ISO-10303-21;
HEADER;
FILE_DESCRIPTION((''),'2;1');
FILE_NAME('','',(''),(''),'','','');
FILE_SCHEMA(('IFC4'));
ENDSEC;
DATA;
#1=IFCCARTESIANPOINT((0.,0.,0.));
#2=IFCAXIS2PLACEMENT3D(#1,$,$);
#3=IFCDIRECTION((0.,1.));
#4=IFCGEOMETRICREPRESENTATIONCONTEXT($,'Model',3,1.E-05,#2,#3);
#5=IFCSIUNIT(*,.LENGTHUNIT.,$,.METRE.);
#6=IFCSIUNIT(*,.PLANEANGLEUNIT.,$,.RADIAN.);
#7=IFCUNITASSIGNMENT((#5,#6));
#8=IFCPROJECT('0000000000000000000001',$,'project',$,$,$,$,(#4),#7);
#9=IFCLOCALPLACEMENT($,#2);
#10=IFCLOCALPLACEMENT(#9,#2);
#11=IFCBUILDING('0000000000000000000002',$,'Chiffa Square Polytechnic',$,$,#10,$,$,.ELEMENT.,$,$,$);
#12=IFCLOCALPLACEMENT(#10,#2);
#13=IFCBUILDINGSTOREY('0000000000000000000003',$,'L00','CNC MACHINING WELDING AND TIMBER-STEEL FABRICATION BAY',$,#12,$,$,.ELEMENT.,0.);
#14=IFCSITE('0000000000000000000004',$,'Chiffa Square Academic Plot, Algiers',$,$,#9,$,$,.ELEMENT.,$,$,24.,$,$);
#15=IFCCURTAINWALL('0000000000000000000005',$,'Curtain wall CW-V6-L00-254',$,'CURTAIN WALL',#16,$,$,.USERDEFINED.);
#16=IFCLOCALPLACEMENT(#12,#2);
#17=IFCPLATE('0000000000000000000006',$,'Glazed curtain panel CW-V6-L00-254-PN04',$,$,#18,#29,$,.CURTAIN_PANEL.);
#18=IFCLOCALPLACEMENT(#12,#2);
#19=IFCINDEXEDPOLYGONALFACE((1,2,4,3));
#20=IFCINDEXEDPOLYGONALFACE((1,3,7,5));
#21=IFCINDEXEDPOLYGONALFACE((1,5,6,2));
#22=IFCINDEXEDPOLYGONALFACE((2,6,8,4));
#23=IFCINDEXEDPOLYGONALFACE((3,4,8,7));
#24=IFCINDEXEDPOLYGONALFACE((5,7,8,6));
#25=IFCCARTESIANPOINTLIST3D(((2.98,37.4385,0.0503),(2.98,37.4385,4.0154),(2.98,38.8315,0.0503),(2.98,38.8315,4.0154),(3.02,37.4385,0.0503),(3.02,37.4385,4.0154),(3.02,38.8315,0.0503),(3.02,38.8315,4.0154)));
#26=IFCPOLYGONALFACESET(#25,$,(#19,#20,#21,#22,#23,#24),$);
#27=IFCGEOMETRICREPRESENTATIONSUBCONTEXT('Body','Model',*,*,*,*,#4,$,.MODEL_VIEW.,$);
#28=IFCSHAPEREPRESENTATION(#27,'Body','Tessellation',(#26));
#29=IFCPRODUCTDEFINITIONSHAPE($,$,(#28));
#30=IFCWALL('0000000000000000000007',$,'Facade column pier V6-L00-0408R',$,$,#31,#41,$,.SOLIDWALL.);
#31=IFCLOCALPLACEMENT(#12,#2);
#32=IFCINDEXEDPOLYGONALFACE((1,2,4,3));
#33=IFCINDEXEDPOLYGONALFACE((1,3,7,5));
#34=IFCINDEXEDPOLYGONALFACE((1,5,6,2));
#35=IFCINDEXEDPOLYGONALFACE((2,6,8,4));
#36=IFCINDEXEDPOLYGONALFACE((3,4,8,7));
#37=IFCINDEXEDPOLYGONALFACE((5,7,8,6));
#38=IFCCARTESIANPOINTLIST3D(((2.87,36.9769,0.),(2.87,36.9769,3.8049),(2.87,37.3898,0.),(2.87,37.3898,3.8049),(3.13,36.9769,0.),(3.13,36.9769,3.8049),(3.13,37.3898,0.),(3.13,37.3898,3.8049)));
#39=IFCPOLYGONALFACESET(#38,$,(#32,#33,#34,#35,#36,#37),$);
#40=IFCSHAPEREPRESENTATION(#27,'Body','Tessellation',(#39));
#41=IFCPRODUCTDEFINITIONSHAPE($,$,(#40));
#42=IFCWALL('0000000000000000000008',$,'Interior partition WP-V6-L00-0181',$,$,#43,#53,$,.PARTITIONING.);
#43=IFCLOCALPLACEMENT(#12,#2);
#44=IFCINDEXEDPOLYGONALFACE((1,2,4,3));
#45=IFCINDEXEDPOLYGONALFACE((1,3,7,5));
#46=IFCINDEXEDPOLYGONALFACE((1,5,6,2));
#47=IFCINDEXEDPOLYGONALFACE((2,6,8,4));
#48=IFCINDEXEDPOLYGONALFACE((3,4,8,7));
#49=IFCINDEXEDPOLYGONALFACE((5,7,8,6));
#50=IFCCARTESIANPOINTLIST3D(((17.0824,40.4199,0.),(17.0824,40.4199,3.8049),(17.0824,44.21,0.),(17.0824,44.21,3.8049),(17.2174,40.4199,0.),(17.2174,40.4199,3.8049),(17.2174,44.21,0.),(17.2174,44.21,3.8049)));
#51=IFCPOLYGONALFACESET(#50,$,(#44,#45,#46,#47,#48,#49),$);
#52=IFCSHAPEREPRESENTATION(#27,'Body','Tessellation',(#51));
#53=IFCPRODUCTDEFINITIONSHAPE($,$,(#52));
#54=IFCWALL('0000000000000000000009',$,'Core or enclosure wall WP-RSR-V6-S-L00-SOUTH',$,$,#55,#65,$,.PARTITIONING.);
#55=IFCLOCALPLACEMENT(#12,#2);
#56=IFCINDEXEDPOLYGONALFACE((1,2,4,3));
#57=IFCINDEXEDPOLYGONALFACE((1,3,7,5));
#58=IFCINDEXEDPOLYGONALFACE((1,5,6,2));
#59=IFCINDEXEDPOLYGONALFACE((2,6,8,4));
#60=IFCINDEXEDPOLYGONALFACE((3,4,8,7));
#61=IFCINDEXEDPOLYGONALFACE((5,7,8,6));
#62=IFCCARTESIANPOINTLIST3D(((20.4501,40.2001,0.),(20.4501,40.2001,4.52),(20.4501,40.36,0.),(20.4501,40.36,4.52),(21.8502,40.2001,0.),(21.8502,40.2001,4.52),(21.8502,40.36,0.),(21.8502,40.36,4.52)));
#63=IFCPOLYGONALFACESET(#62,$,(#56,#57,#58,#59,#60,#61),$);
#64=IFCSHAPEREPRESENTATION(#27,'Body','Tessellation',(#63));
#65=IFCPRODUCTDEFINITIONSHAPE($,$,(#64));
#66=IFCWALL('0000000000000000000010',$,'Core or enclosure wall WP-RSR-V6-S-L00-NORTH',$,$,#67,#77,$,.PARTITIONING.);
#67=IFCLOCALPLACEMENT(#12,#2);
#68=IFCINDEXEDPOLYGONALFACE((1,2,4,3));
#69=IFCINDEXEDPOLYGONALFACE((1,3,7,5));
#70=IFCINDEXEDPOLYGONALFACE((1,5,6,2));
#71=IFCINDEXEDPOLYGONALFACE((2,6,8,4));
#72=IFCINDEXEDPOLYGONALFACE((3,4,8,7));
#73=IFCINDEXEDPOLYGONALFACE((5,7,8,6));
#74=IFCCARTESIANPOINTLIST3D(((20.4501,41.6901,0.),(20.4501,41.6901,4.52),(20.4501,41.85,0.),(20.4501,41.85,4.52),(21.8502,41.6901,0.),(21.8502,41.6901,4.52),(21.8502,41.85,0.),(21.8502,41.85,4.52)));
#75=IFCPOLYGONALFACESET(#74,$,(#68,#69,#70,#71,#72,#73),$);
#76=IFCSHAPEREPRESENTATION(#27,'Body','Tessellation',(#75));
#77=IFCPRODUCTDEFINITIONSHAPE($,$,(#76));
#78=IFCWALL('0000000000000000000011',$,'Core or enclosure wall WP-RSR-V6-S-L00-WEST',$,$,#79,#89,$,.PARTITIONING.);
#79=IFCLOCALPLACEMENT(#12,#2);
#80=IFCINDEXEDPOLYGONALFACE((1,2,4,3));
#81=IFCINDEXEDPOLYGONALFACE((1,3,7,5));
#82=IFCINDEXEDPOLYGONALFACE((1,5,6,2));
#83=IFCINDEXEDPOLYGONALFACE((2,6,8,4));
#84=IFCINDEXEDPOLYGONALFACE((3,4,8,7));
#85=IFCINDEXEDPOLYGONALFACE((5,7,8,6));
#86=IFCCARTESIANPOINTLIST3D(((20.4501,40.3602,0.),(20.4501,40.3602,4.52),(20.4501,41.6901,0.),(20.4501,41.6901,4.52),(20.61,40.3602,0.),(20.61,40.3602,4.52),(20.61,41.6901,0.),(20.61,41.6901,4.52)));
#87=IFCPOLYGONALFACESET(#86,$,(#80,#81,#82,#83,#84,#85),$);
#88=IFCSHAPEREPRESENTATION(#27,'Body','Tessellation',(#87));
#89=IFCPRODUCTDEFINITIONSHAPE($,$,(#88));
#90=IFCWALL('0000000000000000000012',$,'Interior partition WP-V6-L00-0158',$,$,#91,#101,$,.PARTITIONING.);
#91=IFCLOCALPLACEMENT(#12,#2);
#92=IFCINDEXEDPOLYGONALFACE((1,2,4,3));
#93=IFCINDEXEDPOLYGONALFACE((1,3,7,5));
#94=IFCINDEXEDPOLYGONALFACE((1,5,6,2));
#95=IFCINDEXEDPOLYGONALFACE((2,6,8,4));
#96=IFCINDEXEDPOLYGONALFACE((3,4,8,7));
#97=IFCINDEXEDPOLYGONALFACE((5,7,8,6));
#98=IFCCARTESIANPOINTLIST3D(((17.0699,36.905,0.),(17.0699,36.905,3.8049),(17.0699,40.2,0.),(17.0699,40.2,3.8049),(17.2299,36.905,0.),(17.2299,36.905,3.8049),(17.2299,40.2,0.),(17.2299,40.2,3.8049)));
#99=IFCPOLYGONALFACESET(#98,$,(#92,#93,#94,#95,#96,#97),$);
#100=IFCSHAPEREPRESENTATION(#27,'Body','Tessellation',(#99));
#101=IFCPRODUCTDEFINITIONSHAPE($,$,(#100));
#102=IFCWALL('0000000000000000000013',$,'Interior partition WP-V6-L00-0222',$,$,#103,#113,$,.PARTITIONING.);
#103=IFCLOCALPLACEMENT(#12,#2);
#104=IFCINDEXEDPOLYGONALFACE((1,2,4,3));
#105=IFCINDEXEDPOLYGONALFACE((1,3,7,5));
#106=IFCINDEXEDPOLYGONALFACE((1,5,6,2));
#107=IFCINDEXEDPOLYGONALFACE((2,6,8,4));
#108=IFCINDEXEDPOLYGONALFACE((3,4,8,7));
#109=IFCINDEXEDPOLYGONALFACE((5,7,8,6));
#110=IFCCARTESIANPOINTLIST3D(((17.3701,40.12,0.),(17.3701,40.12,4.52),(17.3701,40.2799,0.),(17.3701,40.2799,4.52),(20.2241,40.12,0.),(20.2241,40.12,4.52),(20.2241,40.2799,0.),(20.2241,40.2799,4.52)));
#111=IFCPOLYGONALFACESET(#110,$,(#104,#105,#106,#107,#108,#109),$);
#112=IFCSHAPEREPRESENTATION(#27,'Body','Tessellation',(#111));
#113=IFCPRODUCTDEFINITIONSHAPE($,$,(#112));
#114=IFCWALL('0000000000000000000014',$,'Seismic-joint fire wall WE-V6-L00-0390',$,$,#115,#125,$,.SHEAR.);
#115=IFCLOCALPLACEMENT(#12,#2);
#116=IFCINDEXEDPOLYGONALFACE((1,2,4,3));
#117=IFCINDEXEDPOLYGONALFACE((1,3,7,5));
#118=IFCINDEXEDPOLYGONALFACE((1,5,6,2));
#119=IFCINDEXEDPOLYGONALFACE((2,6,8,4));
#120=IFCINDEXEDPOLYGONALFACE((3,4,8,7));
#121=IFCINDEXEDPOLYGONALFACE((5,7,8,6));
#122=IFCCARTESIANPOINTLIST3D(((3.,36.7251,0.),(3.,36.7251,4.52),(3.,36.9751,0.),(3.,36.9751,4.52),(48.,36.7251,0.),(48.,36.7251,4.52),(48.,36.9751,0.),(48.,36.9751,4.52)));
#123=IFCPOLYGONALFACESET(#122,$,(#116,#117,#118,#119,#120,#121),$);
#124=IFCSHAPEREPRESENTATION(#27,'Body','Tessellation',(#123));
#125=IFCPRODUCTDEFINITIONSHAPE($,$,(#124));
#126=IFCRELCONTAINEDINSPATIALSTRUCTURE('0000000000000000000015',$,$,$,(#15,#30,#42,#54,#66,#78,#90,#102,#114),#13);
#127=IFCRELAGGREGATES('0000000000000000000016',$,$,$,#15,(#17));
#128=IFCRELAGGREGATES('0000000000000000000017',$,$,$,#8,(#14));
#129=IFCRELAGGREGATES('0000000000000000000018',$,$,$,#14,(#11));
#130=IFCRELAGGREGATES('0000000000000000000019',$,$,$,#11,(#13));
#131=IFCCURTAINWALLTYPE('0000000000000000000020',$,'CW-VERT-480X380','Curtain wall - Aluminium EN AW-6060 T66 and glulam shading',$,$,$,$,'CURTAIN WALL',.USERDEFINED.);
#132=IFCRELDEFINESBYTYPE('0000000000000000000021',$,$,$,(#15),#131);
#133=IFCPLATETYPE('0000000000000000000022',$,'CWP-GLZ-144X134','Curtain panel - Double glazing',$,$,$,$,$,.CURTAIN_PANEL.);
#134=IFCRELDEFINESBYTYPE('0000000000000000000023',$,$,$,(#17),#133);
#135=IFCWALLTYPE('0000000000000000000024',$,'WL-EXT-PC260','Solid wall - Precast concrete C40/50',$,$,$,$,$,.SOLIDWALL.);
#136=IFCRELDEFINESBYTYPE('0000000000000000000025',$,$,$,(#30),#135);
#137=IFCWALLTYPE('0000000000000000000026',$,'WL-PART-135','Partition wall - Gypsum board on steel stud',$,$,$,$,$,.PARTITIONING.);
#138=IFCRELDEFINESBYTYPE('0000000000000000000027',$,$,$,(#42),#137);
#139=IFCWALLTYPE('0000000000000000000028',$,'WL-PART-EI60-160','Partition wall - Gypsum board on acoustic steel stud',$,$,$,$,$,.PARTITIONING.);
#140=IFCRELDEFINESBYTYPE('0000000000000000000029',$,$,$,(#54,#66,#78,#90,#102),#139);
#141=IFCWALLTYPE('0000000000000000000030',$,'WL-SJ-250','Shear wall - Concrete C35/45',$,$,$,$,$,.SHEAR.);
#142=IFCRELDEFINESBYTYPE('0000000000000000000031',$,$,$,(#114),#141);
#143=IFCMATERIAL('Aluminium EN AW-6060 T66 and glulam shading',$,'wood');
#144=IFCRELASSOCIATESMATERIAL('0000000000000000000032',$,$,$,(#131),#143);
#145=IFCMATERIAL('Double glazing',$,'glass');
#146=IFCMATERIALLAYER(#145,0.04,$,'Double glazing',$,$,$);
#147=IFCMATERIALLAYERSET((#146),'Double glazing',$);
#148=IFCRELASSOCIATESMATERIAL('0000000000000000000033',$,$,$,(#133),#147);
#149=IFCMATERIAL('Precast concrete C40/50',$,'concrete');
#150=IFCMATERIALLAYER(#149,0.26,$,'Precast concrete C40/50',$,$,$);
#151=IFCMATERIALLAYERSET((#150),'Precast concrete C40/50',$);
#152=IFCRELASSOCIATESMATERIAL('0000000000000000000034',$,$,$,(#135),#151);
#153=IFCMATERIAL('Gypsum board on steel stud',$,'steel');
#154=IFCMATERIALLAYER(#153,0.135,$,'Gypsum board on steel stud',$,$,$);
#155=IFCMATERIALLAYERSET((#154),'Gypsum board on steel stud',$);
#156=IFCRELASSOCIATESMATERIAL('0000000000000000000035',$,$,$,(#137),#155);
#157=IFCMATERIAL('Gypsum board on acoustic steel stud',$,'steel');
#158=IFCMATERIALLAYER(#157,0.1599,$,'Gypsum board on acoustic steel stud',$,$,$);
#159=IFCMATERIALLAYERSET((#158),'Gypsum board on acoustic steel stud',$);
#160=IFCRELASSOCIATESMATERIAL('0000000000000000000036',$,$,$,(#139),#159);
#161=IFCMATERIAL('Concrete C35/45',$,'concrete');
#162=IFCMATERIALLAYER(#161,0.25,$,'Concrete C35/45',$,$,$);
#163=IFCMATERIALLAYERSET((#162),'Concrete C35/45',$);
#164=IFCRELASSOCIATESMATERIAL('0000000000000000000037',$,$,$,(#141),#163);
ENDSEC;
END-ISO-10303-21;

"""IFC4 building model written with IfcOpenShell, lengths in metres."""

from ifc_helpers import new_model, si_unit, direction, frame, frame_2d, origin, origin_2d, place, context, subcontext, project, spatial, rectangle, extrude, material, layer, layer_set, type_object, element, aggregate, save


model = new_model("IFC4")

# Units and contexts
model_context = context("Model", 3, precision=1e-05, world=origin(), true_north=direction((0.0, 1.0)))
body_context = subcontext(model_context, "Body", "Model", "MODEL_VIEW")
ifc_project = project(units=[si_unit("LENGTHUNIT", "METRE"), si_unit("PLANEANGLEUNIT", "RADIAN")], contexts=[model_context])

# Site, building, storey
site_placement = place(None, origin())
site = spatial("IfcSite", under=ifc_project, at=site_placement, Name="Chiffa Square Academic Plot, Algiers", CompositionType="ELEMENT", RefElevation=24.0)
building_placement = place(site_placement, origin())
building = spatial("IfcBuilding", under=site, at=building_placement, Name="Chiffa Square Polytechnic", CompositionType="ELEMENT")
storey_placement = place(building_placement, origin())
storey = spatial("IfcBuildingStorey", under=building, at=storey_placement, Name="L00", Description="CNC MACHINING WELDING AND TIMBER-STEEL FABRICATION BAY", CompositionType="ELEMENT", Elevation=0.0)

# Shared definitions
ifc_material_1 = material(Name="Concrete C35/45", Category="concrete")

# Curtain wall
ifc_material_2 = material(Name="Aluminium EN AW-6060 T66 and glulam shading", Category="wood")
curtain_wall_type = type_object("IfcCurtainWallType", Name="CW-VERT-480X380", Description="Curtain wall - Aluminium EN AW-6060 T66 and glulam shading", ElementType="CURTAIN WALL", PredefinedType="USERDEFINED", material=ifc_material_2)
curtain_wall_placement = place(storey_placement, origin())
curtain_wall = element("IfcCurtainWall", 1, at=curtain_wall_placement, inside=storey, type_object=curtain_wall_type, Name="Curtain wall CW-V6-L00-254", ObjectType="CURTAIN WALL", PredefinedType="USERDEFINED")

# Plate
ifc_material_3 = material(Name="Double glazing", Category="glass")
ifc_layer_1 = layer(ifc_material_3, 0.04, Name="Double glazing")
ifc_layer_set_1 = layer_set([ifc_layer_1], Name="Double glazing")
plate_type = type_object("IfcPlateType", Name="CWP-GLZ-144X134", Description="Curtain panel - Double glazing", PredefinedType="CURTAIN_PANEL", material=ifc_layer_set_1)
plate_1_placement = place(storey_placement, frame((3.0, 38.135, 0.0503), z_axis=(0.0, 0.0, 1.0), x_axis=(0.0, -1.0, 0.0)))
plate_1 = element("IfcPlate", 2, at=plate_1_placement, type_object=plate_type, Name="Glazed curtain panel CW-V6-L00-254-PN04", PredefinedType="CURTAIN_PANEL", context=body_context, shape_type="SweptSolid", body=[
    extrude(rectangle(XDim=1.3931, YDim=0.04, at=origin_2d()), origin(), (0.0, 0.0, 1.0), 3.9651),
])
aggregate(curtain_wall, [plate_1])

# Walls
ifc_material_4 = material(Name="Precast concrete C40/50", Category="concrete")
ifc_layer_2 = layer(ifc_material_4, 0.26, Name="Precast concrete C40/50")
ifc_layer_set_2 = layer_set([ifc_layer_2], Name="Precast concrete C40/50")
wall_type_1 = type_object("IfcWallType", Name="WL-EXT-PC260", Description="Solid wall - Precast concrete C40/50", PredefinedType="SOLIDWALL", material=ifc_layer_set_2)
wall_1_placement = place(storey_placement, frame((3.0, 37.3899, 0.0), z_axis=(0.0, 0.0, 1.0), x_axis=(0.0, -1.0, 0.0)))
element("IfcWall", 3, at=wall_1_placement, inside=storey, type_object=wall_type_1, Name="Facade column pier V6-L00-0408R", PredefinedType="SOLIDWALL", context=body_context, shape_type="SweptSolid", body=[
    extrude(rectangle(XDim=0.4128, YDim=0.26, at=frame_2d((0.2065, 0.0))), origin(), (0.0, 0.0, 1.0), 3.8049),
])
ifc_material_5 = material(Name="Gypsum board on steel stud", Category="steel")
ifc_layer_3 = layer(ifc_material_5, 0.135, Name="Gypsum board on steel stud")
ifc_layer_set_3 = layer_set([ifc_layer_3], Name="Gypsum board on steel stud")
wall_type_2 = type_object("IfcWallType", Name="WL-PART-135", Description="Partition wall - Gypsum board on steel stud", PredefinedType="PARTITIONING", material=ifc_layer_set_3)
wall_2_placement = place(storey_placement, frame((17.1499, 40.4199, 0.0), z_axis=(0.0, 0.0, 1.0), x_axis=(0.0, 1.0, 0.0)))
element("IfcWall", 4, at=wall_2_placement, inside=storey, type_object=wall_type_2, Name="Interior partition WP-V6-L00-0181", PredefinedType="PARTITIONING", context=body_context, shape_type="SweptSolid", body=[
    extrude(rectangle(XDim=3.79, YDim=0.135, at=frame_2d((1.895, 0.0))), origin(), (0.0, 0.0, 1.0), 3.8049),
])
ifc_material_6 = material(Name="Gypsum board on acoustic steel stud", Category="steel")
ifc_layer_4 = layer(ifc_material_6, 0.1599, Name="Gypsum board on acoustic steel stud")
ifc_layer_set_4 = layer_set([ifc_layer_4], Name="Gypsum board on acoustic steel stud")
wall_type_3 = type_object("IfcWallType", Name="WL-PART-EI60-160", Description="Partition wall - Gypsum board on acoustic steel stud", PredefinedType="PARTITIONING", material=ifc_layer_set_4)
for number, where, z_axis, x_axis, name in (
    (5, (20.45, 40.28, 0.0), (0.0, 0.0, 1.0), (1.0, 0.0, 0.0), "Core or enclosure wall WP-RSR-V6-S-L00-SOUTH"),
    (6, (20.45, 41.77, 0.0), (0.0, 0.0, 1.0), (1.0, 0.0, 0.0), "Core or enclosure wall WP-RSR-V6-S-L00-NORTH"),
):
    element("IfcWall", number, at=place(storey_placement, frame(where, z_axis=z_axis, x_axis=x_axis)), inside=storey, type_object=wall_type_3, Name=name, PredefinedType="PARTITIONING", context=body_context, shape_type="SweptSolid", body=[
        extrude(rectangle(XDim=1.4001, YDim=0.1599, at=frame_2d((0.7002, 0.0))), origin(), (0.0, 0.0, 1.0), 4.52),
    ])
wall_3_placement = place(storey_placement, frame((20.53, 40.3601, 0.0), z_axis=(0.0, 0.0, 1.0), x_axis=(0.0, 1.0, 0.0)))
element("IfcWall", 7, at=wall_3_placement, inside=storey, type_object=wall_type_3, Name="Core or enclosure wall WP-RSR-V6-S-L00-WEST", PredefinedType="PARTITIONING", context=body_context, shape_type="SweptSolid", body=[
    extrude(rectangle(XDim=1.3298, YDim=0.1599, at=frame_2d((0.665, 0.0))), origin(), (0.0, 0.0, 1.0), 4.52),
])
wall_4_placement = place(storey_placement, frame((17.1499, 36.905, 0.0), z_axis=(0.0, 0.0, 1.0), x_axis=(0.0, 1.0, 0.0)))
element("IfcWall", 8, at=wall_4_placement, inside=storey, type_object=wall_type_3, Name="Interior partition WP-V6-L00-0158", PredefinedType="PARTITIONING", context=body_context, shape_type="SweptSolid", body=[
    extrude(rectangle(XDim=3.2949, YDim=0.1599, at=frame_2d((1.6475, 0.0))), origin(), (0.0, 0.0, 1.0), 3.8049),
])
wall_5_placement = place(storey_placement, frame((17.3701, 40.2, 0.0), z_axis=(0.0, 0.0, 1.0), x_axis=(1.0, 0.0, 0.0)))
element("IfcWall", 9, at=wall_5_placement, inside=storey, type_object=wall_type_3, Name="Interior partition WP-V6-L00-0222", PredefinedType="PARTITIONING", context=body_context, shape_type="SweptSolid", body=[
    extrude(rectangle(XDim=2.854, YDim=0.1599, at=frame_2d((1.427, 0.0))), origin(), (0.0, 0.0, 1.0), 4.52),
])
ifc_layer_5 = layer(ifc_material_1, 0.25, Name="Concrete C35/45")
ifc_layer_set_5 = layer_set([ifc_layer_5], Name="Concrete C35/45")
wall_type_4 = type_object("IfcWallType", Name="WL-SJ-250", Description="Shear wall - Concrete C35/45", PredefinedType="SHEAR", material=ifc_layer_set_5)
wall_6_placement = place(storey_placement, frame((3.0, 36.8501, 0.0), z_axis=(0.0, 0.0, 1.0), x_axis=(1.0, 0.0, 0.0)))
element("IfcWall", 10, at=wall_6_placement, inside=storey, type_object=wall_type_4, Name="Seismic-joint fire wall WE-V6-L00-0390", PredefinedType="SHEAR", context=body_context, shape_type="SweptSolid", body=[
    extrude(rectangle(XDim=45.0, YDim=0.25, at=frame_2d((22.5, 0.0))), origin(), (0.0, 0.0, 1.0), 4.52),
])

save(model, "model.ifc")
